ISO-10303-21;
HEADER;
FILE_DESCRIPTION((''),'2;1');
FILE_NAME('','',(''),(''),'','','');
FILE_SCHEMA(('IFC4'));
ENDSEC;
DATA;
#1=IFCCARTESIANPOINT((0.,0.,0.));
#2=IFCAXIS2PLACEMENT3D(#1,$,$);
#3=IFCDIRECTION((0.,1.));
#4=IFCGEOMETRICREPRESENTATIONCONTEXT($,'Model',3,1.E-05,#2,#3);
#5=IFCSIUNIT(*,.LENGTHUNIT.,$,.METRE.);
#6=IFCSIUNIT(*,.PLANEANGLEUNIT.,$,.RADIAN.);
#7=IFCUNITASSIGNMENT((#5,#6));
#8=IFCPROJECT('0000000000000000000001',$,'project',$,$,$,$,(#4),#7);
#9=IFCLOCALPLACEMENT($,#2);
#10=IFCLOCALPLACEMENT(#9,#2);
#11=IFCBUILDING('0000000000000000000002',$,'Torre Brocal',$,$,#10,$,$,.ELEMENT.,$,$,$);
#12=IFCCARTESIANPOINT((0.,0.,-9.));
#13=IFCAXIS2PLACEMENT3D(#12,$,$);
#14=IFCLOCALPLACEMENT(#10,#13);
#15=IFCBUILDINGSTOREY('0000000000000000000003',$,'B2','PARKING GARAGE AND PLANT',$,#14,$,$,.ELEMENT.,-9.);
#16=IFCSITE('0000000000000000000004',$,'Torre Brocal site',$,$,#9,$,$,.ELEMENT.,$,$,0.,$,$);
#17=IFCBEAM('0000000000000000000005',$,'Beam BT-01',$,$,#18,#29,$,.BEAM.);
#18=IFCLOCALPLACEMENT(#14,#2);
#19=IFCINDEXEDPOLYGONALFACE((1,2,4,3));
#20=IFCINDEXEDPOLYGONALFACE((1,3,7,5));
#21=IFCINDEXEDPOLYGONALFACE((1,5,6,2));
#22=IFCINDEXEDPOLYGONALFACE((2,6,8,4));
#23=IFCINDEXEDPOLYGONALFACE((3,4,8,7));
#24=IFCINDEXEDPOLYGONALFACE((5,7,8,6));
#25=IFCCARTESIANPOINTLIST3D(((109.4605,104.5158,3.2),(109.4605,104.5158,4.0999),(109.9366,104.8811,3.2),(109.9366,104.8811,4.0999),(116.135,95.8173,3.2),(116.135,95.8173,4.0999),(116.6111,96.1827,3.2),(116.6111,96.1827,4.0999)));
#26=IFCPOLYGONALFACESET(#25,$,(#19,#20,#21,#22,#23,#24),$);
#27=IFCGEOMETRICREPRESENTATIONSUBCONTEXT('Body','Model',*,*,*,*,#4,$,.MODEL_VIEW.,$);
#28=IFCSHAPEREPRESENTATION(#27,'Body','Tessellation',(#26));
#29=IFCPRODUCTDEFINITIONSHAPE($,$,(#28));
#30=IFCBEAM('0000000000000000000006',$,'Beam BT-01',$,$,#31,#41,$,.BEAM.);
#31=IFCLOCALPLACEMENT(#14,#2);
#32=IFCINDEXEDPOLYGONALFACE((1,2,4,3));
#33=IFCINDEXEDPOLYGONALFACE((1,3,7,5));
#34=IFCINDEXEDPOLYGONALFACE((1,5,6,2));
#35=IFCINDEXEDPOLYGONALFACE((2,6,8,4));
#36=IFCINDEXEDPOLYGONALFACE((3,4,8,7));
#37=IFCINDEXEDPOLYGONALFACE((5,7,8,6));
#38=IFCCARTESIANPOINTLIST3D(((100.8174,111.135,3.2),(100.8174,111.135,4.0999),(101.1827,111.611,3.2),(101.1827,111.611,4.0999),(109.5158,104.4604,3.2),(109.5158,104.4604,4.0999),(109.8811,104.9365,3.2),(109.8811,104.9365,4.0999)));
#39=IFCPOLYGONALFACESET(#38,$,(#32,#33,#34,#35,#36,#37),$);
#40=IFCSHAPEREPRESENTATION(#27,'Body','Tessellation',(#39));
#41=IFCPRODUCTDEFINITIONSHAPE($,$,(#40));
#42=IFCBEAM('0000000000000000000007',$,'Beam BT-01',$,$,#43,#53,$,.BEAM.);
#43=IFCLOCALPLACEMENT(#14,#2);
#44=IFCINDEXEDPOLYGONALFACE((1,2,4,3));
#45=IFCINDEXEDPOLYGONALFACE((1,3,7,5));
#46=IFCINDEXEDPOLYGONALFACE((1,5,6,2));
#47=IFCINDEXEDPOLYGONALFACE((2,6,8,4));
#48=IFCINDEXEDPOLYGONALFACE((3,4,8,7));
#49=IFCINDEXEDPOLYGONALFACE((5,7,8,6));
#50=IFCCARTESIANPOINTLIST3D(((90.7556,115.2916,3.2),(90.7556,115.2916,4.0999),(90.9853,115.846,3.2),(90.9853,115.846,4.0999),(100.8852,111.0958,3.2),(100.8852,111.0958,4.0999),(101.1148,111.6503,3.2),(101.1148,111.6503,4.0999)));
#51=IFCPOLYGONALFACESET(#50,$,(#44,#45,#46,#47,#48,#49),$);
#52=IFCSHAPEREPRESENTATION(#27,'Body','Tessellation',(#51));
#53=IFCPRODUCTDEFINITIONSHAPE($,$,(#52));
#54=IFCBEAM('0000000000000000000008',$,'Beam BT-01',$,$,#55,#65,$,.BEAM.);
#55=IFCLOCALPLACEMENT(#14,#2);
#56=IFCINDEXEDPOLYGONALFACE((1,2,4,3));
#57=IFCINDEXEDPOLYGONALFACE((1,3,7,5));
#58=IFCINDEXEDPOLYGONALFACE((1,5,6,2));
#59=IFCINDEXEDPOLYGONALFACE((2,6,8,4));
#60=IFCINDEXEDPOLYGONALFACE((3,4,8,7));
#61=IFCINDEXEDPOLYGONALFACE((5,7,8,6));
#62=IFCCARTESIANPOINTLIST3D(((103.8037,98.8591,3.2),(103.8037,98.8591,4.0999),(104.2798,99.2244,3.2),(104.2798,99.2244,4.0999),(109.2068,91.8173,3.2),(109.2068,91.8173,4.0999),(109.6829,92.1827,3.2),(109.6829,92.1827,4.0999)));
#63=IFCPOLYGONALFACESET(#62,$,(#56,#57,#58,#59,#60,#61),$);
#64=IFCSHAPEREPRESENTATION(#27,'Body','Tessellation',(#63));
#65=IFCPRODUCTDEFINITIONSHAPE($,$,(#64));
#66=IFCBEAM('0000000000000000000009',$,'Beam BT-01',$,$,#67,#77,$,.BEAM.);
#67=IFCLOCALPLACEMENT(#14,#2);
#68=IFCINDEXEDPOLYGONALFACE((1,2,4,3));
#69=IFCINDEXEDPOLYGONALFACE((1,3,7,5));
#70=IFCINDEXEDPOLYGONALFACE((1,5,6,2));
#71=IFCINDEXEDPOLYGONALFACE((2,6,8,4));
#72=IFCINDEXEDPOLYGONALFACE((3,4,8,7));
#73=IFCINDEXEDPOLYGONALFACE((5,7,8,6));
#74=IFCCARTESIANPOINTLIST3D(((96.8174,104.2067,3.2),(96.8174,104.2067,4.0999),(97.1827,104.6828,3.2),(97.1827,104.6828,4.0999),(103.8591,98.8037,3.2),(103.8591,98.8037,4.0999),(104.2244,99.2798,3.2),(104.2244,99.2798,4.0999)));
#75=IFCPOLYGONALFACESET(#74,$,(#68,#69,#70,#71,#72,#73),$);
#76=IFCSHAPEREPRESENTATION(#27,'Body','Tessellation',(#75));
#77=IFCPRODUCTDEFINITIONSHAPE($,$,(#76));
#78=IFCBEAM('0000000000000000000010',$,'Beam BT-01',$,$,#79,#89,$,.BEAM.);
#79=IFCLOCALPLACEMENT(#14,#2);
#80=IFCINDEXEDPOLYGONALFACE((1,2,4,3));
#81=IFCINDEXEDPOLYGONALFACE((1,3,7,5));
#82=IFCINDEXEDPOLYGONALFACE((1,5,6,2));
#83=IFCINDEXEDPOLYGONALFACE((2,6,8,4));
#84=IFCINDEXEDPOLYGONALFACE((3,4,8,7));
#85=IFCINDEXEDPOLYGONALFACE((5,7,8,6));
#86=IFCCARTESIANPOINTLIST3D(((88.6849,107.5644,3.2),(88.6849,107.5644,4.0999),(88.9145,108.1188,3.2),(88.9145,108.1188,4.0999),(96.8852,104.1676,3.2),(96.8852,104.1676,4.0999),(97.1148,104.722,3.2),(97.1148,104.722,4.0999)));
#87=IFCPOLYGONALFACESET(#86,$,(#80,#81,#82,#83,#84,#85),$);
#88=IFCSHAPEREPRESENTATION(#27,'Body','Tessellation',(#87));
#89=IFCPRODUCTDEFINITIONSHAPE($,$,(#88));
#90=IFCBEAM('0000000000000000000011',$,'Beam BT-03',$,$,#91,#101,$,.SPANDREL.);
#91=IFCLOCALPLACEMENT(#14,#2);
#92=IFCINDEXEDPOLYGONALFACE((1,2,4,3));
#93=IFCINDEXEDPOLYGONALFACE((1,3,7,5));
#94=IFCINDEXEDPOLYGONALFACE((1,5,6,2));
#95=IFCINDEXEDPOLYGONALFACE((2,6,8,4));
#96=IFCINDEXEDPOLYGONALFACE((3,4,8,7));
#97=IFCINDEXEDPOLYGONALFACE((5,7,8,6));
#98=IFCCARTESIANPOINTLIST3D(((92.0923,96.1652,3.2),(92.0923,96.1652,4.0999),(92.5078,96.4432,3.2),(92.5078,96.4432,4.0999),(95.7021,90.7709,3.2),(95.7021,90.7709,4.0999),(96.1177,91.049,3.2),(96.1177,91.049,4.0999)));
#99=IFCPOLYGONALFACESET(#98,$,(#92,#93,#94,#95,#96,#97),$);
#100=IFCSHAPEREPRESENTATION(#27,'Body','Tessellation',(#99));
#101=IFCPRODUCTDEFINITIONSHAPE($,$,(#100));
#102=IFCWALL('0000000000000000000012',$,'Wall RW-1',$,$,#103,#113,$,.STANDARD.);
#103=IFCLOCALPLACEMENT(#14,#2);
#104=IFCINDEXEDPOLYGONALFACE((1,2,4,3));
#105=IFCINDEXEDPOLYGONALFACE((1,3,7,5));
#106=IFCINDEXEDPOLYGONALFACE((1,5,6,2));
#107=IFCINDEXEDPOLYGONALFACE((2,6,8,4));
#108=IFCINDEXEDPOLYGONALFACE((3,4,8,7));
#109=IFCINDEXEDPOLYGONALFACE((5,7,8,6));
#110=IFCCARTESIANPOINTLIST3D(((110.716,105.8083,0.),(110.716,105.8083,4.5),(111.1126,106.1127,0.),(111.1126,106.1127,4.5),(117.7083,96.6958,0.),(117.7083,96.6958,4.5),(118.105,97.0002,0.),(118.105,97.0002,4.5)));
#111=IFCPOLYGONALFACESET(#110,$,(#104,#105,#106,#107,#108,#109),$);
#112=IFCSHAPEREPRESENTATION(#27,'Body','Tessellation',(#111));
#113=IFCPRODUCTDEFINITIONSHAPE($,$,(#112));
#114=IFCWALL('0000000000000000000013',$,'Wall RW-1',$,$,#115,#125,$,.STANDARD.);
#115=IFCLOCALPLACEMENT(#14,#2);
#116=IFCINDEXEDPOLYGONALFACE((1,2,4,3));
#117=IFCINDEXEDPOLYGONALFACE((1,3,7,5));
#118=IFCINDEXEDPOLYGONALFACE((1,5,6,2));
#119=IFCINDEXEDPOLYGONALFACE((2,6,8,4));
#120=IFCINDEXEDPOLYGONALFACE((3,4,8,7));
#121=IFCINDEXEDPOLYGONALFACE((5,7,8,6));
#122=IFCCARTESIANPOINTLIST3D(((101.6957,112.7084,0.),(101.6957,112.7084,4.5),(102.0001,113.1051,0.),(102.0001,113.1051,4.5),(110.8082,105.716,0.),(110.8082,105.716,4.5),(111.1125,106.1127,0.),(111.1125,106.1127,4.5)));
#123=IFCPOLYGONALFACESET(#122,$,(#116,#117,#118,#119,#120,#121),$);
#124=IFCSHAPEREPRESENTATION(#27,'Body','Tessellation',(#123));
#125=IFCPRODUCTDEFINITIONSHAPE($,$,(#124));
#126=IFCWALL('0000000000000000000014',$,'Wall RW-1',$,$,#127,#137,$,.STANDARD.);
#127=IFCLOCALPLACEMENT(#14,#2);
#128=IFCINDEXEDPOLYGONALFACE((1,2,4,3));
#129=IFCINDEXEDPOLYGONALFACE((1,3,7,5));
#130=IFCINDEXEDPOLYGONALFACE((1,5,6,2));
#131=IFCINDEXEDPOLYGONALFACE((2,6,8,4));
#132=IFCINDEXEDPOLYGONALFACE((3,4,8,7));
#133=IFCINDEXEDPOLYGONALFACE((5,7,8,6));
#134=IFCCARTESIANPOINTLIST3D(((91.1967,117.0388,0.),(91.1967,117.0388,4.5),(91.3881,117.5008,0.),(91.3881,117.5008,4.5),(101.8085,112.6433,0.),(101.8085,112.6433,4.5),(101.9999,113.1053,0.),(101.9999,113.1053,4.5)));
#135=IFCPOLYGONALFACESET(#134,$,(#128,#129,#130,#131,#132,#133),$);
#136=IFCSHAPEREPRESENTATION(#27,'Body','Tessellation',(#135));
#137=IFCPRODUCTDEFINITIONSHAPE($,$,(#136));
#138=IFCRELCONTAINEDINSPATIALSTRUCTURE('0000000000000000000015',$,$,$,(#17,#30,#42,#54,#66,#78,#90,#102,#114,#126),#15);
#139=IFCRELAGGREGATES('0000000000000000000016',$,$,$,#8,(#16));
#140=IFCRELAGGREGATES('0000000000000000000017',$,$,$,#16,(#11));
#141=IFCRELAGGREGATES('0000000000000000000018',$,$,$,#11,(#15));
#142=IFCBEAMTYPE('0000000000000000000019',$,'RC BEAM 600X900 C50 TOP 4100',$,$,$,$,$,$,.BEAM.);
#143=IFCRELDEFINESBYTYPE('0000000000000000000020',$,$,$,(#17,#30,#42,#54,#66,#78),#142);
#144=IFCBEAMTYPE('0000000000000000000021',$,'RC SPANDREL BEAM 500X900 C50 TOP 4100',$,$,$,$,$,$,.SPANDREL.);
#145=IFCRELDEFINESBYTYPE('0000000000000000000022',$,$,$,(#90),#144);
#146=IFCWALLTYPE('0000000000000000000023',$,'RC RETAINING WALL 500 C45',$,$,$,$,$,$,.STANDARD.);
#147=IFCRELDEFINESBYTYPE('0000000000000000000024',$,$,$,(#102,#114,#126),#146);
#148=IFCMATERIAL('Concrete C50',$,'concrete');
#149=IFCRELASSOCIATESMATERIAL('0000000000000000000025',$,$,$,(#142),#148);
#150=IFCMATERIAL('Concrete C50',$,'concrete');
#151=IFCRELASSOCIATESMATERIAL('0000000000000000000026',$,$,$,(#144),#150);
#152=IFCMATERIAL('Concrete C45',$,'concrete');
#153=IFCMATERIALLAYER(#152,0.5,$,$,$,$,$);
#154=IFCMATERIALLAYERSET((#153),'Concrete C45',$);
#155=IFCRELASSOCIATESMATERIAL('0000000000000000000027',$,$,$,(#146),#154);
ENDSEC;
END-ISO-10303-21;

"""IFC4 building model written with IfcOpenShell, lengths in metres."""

from ifc_helpers import new_model, si_unit, direction, frame, frame_2d, origin, origin_2d, place, context, subcontext, project, spatial, rectangle, extrude, material, layer, layer_set, material_profile, profile_set, type_object, element, save


model = new_model("IFC4")

# Units and contexts
model_context = context("Model", 3, precision=1e-05, world=origin(), true_north=direction((0.0, 1.0)))
body_context = subcontext(model_context, "Body", "Model", "MODEL_VIEW")
ifc_project = project(units=[si_unit("LENGTHUNIT", "METRE"), si_unit("PLANEANGLEUNIT", "RADIAN")], contexts=[model_context])

# Site, building, storey
site_placement = place(None, origin())
site = spatial("IfcSite", under=ifc_project, at=site_placement, Name="Torre Brocal site", CompositionType="ELEMENT", RefElevation=0.0)
building_placement = place(site_placement, origin())
building = spatial("IfcBuilding", under=site, at=building_placement, Name="Torre Brocal", CompositionType="ELEMENT")
storey_placement = place(building_placement, frame((0.0, 0.0, -9.0)))
storey = spatial("IfcBuildingStorey", under=building, at=storey_placement, Name="B2", Description="PARKING GARAGE AND PLANT", CompositionType="ELEMENT", Elevation=-9.0)

# Beams
ifc_material_1 = material(Name="Concrete C50", Category="concrete")
ifc_material_profile_1 = material_profile(ifc_material_1, rectangle(XDim=0.6001, YDim=0.8999, at=origin_2d()), Name="RC 600X900")
ifc_profile_set_1 = profile_set([ifc_material_profile_1], Name="Concrete C50")
beam_type_1 = type_object("IfcBeamType", Name="RC BEAM 600X900 C50 TOP 4100", PredefinedType="BEAM", material=ifc_profile_set_1)
for number, where, z_axis, x_axis, name in (
    (1, (116.373, 96.0, 3.6499), (-0.60876, 0.793354, 0.0), (-0.793354, -0.60876, 0.0), "Beam BT-01"),
    (2, (109.6985, 104.6985, 3.6499), (-0.793354, 0.60876, 0.0), (-0.60876, -0.793354, 0.0), "Beam BT-01"),
    (3, (101.0, 111.373, 3.6499), (-0.923881, 0.382681, 0.0), (-0.382681, -0.923881, 0.0), "Beam BT-01"),
):
    element("IfcBeam", number, at=place(storey_placement, frame(where, z_axis=z_axis, x_axis=x_axis)), inside=storey, type_object=beam_type_1, Name=name, PredefinedType="BEAM", context=body_context, shape_type="SweptSolid", body=[
        extrude(rectangle(XDim=0.6001, YDim=0.8999, at=origin_2d()), origin(), (0.0, 0.0, 1.0), 10.9641),
    ])
for number, where, z_axis, x_axis, name in (
    (4, (109.4448, 92.0, 3.6499), (-0.608744, 0.793367, 0.0), (-0.793367, -0.608744, 0.0), "Beam BT-01"),
    (5, (104.0417, 99.0417, 3.6499), (-0.793367, 0.608744, 0.0), (-0.608744, -0.793367, 0.0), "Beam BT-01"),
):
    element("IfcBeam", number, at=place(storey_placement, frame(where, z_axis=z_axis, x_axis=x_axis)), inside=storey, type_object=beam_type_1, Name=name, PredefinedType="BEAM", context=body_context, shape_type="SweptSolid", body=[
        extrude(rectangle(XDim=0.6001, YDim=0.8999, at=origin_2d()), origin(), (0.0, 0.0, 1.0), 8.8757),
    ])
beam_1_placement = place(storey_placement, frame((97.0, 104.4448, 3.6499), z_axis=(-0.923876, 0.382693, 0.0), x_axis=(-0.382693, -0.923876, 0.0)))
element("IfcBeam", 6, at=beam_1_placement, inside=storey, type_object=beam_type_1, Name="Beam BT-01", PredefinedType="BEAM", context=body_context, shape_type="SweptSolid", body=[
    extrude(rectangle(XDim=0.6001, YDim=0.8999, at=origin_2d()), origin(), (0.0, 0.0, 1.0), 8.876),
])
ifc_material_2 = material(Name="Concrete C50", Category="concrete")
ifc_material_profile_2 = material_profile(ifc_material_2, rectangle(XDim=0.5, YDim=0.8999, at=origin_2d()), Name="RC 500X900")
ifc_profile_set_2 = profile_set([ifc_material_profile_2], Name="Concrete C50")
beam_type_2 = type_object("IfcBeamType", Name="RC SPANDREL BEAM 500X900 C50 TOP 4100", PredefinedType="SPANDREL", material=ifc_profile_set_2)
beam_2_placement = place(storey_placement, frame((95.9099, 90.9099, 3.6499), z_axis=(-0.556158, 0.831077, 0.0), x_axis=(-0.831077, -0.556158, 0.0)))
element("IfcBeam", 7, at=beam_2_placement, inside=storey, type_object=beam_type_2, Name="Beam BT-03", PredefinedType="SPANDREL", context=body_context, shape_type="SweptSolid", body=[
    extrude(rectangle(XDim=0.5, YDim=0.8999, at=origin_2d()), origin(), (0.0, 0.0, 1.0), 6.4907),
])

# Walls
ifc_material_3 = material(Name="Concrete C45", Category="concrete")
ifc_layer = layer(ifc_material_3, 0.5)
ifc_layer_set = layer_set([ifc_layer], Name="Concrete C45")
wall_type = type_object("IfcWallType", Name="RC RETAINING WALL 500 C45", PredefinedType="STANDARD", material=ifc_layer_set)
for number, where, z_axis, x_axis, name in (
    (8, (117.9067, 96.8479, 0.0), (0.0, 0.0, 1.0), (-0.608768, 0.793348, 0.0), "Wall RW-1"),
    (9, (110.9604, 105.9143, 0.0), (0.0, 0.0, 1.0), (-0.793348, 0.608768, 0.0), "Wall RW-1"),
    (10, (101.9043, 112.8743, 0.0), (0.0, 0.0, 1.0), (-0.923881, 0.38268, 0.0), "Wall RW-1"),
):
    element("IfcWall", number, at=place(storey_placement, frame(where, z_axis=z_axis, x_axis=x_axis)), inside=storey, type_object=wall_type, Name=name, PredefinedType="STANDARD", context=body_context, shape_type="SweptSolid", body=[
        extrude(rectangle(XDim=11.4861, YDim=0.5, at=frame_2d((5.7432, 0.0))), origin(), (0.0, 0.0, 1.0), 4.5),
    ])

save(model, "model.ifc")
